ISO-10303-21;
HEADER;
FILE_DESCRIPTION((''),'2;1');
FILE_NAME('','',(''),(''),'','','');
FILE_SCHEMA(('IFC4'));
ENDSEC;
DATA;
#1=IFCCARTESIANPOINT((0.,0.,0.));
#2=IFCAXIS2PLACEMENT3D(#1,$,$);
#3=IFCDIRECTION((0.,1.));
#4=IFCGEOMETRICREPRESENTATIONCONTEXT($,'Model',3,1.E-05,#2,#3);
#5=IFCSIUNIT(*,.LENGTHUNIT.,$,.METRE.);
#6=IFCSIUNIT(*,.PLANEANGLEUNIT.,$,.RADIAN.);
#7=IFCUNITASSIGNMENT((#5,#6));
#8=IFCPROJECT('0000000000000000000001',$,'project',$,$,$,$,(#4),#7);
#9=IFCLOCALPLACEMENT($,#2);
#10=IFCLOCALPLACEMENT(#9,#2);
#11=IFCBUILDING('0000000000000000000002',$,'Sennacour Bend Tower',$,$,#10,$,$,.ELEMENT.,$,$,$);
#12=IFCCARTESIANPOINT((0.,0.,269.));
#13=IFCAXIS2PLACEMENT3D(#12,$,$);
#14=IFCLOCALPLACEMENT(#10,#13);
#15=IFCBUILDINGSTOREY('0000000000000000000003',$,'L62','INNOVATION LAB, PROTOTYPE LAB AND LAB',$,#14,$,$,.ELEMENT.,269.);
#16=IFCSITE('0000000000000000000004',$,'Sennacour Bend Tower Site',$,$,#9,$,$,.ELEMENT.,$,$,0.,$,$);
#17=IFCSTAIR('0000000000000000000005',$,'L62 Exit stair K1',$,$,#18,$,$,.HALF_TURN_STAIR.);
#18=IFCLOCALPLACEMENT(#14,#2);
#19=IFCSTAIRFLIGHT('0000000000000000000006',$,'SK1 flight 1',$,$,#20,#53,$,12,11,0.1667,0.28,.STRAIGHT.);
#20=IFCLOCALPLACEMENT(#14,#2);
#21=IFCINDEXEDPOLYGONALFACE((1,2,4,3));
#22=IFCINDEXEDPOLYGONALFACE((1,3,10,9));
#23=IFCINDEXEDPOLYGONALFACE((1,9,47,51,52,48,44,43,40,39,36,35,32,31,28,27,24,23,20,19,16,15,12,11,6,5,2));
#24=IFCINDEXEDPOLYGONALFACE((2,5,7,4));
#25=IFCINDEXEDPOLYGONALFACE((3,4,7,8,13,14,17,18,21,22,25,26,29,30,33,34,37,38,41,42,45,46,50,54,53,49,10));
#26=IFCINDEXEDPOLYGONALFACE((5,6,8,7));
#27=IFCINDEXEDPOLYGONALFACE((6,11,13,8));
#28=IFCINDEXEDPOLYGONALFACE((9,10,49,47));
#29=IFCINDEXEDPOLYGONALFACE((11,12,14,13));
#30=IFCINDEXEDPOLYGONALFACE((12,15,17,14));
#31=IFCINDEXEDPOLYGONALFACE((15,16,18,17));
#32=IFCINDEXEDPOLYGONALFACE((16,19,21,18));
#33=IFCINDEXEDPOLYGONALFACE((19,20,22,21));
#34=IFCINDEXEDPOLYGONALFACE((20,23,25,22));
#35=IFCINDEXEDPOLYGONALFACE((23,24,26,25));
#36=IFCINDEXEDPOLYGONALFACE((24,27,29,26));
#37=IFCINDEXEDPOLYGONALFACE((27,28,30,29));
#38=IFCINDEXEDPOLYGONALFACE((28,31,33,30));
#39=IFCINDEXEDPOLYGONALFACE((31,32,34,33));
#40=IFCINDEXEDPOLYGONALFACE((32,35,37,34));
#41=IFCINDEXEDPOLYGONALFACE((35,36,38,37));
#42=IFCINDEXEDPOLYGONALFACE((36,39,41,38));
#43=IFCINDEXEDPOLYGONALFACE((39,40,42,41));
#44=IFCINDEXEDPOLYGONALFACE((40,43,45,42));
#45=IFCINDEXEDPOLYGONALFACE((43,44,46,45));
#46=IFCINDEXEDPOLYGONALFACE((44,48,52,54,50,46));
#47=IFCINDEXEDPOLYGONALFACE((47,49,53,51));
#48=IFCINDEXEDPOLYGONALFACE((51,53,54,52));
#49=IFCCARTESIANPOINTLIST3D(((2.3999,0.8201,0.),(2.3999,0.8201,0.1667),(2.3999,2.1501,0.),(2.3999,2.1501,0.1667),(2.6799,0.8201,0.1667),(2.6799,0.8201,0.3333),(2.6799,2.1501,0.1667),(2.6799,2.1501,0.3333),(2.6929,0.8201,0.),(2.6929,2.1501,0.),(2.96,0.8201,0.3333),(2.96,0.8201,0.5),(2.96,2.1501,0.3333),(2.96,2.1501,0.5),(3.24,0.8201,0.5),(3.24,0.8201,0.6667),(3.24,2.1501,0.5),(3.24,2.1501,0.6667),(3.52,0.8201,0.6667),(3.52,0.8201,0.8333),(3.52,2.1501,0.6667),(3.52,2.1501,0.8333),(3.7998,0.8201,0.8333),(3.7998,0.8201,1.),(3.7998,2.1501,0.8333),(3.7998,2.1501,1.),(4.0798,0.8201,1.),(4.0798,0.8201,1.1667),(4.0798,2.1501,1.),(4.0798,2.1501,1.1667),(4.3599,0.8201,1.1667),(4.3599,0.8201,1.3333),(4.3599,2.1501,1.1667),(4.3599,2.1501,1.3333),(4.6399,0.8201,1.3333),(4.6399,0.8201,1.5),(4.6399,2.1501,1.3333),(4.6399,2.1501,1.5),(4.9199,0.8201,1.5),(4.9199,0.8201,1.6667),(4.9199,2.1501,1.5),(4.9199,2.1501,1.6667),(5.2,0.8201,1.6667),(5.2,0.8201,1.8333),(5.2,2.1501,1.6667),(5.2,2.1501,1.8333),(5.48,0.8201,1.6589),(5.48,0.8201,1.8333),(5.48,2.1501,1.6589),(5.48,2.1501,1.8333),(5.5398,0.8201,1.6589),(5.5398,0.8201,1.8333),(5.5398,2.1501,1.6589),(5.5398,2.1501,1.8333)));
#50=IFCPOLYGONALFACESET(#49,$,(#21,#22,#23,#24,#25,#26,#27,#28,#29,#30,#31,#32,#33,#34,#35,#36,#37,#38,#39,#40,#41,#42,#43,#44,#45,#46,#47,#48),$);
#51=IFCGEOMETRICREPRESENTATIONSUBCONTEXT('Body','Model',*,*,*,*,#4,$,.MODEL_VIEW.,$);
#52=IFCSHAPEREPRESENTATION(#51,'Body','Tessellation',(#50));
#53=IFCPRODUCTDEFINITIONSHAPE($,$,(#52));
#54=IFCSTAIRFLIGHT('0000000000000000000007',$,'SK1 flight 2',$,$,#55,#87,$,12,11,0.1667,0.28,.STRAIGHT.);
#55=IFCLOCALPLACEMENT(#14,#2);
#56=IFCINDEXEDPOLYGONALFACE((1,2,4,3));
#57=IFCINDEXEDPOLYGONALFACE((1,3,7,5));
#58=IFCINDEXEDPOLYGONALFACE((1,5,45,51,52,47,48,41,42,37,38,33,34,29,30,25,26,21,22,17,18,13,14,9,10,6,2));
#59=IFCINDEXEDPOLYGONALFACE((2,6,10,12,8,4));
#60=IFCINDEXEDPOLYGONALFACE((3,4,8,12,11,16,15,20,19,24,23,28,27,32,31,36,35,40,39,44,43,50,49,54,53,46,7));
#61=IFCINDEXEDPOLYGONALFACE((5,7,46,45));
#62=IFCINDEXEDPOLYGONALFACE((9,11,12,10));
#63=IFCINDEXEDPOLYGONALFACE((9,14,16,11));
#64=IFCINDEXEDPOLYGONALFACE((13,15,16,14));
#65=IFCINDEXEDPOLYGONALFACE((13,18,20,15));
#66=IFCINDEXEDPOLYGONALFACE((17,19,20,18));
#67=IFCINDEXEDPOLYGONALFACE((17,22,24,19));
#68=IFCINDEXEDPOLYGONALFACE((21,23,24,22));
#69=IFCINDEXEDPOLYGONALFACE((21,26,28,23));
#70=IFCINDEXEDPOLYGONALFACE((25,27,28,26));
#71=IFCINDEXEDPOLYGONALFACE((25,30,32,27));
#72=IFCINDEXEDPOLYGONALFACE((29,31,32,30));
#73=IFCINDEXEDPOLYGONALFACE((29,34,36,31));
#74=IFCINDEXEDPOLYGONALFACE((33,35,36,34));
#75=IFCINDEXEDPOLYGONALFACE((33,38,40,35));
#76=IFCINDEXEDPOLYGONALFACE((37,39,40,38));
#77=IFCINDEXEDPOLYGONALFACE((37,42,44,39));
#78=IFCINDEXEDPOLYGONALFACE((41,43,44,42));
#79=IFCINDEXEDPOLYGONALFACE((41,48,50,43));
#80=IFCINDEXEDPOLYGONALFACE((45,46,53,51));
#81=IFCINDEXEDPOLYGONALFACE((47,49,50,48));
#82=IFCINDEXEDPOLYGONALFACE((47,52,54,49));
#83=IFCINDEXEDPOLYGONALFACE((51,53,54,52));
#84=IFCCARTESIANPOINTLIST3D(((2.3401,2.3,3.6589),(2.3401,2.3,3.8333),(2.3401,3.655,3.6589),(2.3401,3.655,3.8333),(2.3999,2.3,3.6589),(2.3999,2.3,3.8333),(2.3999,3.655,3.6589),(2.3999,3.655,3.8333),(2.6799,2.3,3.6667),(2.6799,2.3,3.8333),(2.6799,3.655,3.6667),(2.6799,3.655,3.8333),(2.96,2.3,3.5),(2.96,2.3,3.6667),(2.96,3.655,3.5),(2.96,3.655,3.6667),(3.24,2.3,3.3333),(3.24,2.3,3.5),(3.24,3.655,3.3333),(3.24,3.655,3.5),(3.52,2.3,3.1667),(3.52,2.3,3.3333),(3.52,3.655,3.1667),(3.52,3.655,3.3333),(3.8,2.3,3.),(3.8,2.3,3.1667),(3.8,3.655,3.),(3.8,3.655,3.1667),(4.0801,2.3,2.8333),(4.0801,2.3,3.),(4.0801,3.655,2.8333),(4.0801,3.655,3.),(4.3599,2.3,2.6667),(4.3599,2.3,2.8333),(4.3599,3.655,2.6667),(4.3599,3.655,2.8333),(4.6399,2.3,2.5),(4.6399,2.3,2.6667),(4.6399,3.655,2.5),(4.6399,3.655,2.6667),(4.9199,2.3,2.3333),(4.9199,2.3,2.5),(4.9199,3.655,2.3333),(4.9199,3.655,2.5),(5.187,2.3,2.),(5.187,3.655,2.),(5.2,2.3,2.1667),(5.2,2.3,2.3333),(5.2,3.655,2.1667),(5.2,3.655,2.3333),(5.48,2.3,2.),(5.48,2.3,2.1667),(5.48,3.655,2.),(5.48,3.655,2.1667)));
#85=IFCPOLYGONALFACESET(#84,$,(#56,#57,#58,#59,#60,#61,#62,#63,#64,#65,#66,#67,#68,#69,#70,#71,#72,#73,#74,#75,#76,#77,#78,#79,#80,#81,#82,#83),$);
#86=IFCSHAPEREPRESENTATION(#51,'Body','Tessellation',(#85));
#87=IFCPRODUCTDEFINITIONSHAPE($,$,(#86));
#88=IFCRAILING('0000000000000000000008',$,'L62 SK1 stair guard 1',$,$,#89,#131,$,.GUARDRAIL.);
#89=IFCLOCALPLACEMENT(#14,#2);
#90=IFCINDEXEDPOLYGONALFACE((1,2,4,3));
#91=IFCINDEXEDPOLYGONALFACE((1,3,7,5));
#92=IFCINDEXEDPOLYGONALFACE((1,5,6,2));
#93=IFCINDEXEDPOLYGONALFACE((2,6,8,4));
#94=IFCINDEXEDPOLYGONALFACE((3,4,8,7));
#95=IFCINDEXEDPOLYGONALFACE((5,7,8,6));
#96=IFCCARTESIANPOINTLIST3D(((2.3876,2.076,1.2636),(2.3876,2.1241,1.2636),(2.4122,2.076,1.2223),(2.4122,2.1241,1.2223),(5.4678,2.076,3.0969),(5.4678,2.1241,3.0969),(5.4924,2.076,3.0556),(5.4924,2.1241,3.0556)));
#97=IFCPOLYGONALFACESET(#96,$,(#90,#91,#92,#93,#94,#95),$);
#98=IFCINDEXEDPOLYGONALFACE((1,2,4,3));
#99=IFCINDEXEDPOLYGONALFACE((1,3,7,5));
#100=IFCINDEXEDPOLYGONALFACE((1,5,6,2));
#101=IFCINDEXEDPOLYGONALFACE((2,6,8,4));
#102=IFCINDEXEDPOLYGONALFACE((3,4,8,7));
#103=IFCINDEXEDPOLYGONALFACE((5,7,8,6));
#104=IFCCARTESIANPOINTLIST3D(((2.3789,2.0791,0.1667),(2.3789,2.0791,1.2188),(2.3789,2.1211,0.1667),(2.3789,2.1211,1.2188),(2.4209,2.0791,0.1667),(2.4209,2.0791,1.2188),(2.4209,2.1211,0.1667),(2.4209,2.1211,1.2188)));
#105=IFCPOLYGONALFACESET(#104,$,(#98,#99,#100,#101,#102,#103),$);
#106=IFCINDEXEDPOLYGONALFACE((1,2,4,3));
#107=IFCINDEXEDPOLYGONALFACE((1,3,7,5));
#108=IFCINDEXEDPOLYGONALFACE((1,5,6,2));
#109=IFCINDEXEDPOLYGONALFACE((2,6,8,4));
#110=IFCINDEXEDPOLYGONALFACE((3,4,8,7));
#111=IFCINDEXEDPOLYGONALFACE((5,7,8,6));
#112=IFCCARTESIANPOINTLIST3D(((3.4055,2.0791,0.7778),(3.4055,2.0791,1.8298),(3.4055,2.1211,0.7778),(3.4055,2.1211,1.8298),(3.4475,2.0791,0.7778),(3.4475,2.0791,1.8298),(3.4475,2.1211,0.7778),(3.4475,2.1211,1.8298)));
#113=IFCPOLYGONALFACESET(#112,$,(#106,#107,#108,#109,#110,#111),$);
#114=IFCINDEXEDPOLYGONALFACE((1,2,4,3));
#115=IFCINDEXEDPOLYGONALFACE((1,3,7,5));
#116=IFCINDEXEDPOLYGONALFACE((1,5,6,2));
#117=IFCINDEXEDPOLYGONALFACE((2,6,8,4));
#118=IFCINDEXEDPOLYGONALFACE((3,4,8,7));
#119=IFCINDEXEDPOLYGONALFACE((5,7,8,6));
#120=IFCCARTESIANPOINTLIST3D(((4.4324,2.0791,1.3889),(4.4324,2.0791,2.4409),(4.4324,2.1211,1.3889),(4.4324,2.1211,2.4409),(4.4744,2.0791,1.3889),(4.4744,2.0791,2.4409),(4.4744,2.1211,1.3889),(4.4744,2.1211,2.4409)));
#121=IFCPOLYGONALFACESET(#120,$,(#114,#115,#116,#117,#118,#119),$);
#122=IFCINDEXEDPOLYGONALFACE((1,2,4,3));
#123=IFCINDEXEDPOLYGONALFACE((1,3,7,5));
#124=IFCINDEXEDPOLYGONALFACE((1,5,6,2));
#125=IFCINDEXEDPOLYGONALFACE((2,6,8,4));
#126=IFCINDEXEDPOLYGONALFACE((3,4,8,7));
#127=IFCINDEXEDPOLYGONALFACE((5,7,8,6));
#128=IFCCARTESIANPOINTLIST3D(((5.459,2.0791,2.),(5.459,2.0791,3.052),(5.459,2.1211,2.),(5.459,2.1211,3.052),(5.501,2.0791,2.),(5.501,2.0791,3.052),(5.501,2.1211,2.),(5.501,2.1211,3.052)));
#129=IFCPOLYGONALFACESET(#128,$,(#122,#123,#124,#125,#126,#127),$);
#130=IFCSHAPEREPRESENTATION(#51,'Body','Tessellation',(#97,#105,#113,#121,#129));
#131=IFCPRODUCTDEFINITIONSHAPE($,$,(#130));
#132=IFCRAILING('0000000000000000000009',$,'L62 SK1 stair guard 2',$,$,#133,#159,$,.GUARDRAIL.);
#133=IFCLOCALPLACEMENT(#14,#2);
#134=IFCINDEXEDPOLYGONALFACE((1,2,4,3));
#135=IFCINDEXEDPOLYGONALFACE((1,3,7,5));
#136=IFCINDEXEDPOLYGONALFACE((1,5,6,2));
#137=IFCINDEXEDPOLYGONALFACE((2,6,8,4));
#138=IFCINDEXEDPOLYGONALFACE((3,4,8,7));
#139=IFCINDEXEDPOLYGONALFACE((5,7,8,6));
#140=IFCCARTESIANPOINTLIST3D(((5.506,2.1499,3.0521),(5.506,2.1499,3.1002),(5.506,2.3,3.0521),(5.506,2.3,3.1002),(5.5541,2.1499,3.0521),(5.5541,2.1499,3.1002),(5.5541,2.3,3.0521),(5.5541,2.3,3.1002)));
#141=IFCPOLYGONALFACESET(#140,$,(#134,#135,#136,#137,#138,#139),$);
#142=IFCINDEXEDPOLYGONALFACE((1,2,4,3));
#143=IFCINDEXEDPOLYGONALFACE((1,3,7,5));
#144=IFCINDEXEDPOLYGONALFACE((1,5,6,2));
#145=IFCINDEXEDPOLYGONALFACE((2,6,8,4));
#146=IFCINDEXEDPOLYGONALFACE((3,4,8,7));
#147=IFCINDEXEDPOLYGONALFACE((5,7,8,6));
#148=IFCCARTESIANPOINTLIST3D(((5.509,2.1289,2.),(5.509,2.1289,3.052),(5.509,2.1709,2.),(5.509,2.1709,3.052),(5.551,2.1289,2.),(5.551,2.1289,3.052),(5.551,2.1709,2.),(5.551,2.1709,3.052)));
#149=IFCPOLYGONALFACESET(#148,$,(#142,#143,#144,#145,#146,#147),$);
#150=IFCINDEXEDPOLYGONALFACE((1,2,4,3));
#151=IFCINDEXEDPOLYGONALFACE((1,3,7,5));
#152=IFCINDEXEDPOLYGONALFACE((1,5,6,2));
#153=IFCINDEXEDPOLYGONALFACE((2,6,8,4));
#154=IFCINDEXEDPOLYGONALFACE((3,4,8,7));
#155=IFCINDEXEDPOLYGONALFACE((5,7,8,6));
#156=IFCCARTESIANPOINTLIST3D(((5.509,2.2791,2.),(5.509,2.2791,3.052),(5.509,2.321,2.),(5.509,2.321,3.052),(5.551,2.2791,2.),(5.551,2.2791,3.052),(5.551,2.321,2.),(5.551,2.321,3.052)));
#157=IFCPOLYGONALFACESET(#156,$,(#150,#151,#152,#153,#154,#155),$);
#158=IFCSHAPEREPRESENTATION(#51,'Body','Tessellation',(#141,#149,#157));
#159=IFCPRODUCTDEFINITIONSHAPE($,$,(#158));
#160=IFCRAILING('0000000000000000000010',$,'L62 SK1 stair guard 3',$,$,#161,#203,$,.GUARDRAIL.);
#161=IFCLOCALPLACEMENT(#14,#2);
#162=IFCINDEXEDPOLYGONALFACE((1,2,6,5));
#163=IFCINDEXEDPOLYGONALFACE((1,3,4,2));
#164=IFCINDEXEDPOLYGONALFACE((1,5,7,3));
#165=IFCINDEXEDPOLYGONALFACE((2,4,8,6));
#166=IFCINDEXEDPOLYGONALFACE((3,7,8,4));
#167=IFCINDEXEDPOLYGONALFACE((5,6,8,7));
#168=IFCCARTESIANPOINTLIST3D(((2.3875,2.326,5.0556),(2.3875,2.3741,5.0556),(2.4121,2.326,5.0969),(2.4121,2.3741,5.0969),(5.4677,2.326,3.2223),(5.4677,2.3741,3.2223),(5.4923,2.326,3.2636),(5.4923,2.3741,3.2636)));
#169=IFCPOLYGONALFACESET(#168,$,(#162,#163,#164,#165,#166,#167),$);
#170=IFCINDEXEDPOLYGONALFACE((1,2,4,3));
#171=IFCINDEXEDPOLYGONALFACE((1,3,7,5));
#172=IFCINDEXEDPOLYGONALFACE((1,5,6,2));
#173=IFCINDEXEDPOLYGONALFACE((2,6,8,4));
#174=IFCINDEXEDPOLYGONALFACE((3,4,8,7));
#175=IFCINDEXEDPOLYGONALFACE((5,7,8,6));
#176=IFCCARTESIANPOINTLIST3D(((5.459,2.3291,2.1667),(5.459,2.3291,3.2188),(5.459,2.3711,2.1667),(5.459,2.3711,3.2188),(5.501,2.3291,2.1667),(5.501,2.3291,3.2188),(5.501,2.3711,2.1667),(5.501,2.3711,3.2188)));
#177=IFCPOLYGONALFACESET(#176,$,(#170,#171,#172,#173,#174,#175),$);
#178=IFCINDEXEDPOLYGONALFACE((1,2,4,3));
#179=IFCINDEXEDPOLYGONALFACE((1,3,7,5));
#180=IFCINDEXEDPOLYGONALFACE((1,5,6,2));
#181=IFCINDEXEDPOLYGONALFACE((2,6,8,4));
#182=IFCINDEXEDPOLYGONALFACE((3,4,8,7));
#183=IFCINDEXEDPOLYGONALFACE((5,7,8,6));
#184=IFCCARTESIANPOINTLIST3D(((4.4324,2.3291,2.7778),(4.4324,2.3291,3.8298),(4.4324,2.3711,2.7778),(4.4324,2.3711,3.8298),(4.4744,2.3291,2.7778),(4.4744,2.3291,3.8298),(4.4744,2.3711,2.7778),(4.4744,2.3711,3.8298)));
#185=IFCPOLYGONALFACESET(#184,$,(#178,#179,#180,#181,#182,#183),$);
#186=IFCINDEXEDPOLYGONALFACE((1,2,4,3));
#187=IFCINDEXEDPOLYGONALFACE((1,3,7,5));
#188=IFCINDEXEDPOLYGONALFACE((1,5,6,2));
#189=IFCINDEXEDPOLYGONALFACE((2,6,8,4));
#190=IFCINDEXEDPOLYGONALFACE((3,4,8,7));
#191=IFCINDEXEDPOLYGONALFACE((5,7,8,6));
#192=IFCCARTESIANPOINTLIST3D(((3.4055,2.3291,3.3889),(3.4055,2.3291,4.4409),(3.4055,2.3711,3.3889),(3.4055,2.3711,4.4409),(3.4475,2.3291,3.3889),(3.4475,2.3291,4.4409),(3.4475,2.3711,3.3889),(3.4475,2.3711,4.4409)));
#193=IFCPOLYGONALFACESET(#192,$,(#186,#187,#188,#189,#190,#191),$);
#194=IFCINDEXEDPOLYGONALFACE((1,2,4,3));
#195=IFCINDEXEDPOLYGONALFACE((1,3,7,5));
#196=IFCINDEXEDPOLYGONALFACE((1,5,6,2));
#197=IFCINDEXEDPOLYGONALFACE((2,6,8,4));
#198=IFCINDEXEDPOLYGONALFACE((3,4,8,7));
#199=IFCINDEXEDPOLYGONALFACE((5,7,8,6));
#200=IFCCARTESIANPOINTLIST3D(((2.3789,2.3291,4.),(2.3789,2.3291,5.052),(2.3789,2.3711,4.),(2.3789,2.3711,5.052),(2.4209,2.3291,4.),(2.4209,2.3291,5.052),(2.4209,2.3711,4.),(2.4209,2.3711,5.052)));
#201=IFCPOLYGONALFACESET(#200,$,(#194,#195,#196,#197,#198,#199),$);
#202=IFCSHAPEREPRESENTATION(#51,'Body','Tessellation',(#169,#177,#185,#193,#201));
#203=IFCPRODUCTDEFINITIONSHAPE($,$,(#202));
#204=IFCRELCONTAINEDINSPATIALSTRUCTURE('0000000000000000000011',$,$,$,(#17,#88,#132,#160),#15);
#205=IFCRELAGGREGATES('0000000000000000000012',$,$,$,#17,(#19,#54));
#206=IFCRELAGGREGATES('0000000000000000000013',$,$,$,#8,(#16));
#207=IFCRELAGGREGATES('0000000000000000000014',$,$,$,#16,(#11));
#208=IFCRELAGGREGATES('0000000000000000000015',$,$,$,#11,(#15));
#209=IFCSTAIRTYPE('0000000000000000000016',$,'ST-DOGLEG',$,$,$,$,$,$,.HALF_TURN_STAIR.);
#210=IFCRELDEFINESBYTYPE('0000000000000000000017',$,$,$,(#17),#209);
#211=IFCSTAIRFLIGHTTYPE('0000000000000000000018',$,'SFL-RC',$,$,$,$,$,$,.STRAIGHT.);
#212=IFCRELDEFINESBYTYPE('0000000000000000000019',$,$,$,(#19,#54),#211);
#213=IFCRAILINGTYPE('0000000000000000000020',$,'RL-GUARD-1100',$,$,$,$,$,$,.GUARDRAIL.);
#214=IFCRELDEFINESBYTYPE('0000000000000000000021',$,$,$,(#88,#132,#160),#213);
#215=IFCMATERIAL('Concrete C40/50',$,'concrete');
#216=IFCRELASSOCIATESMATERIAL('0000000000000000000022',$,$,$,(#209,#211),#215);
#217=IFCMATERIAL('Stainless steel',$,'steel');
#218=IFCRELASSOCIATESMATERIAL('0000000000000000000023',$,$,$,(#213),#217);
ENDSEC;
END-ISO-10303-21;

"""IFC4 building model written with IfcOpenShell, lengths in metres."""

from ifc_helpers import new_model, si_unit, direction, frame, origin, origin_2d, place, context, subcontext, project, spatial, polyline, rectangle, outline, extrude, material, type_object, element, aggregate, save


model = new_model("IFC4")

# Units and contexts
model_context = context("Model", 3, precision=1e-05, world=origin(), true_north=direction((0.0, 1.0)))
body_context = subcontext(model_context, "Body", "Model", "MODEL_VIEW")
ifc_project = project(units=[si_unit("LENGTHUNIT", "METRE"), si_unit("PLANEANGLEUNIT", "RADIAN")], contexts=[model_context])

# Site, building, storey
site_placement = place(None, origin())
site = spatial("IfcSite", under=ifc_project, at=site_placement, Name="Sennacour Bend Tower Site", CompositionType="ELEMENT", RefElevation=0.0)
building_placement = place(site_placement, origin())
building = spatial("IfcBuilding", under=site, at=building_placement, Name="Sennacour Bend Tower", CompositionType="ELEMENT")
storey_placement = place(building_placement, frame((0.0, 0.0, 269.0)))
storey = spatial("IfcBuildingStorey", under=building, at=storey_placement, Name="L62", Description="INNOVATION LAB, PROTOTYPE LAB AND LAB", CompositionType="ELEMENT", Elevation=269.0)

# Shared definitions
ifc_material_1 = material(Name="Concrete C40/50", Category="concrete")

# Stair
stair_type = type_object("IfcStairType", Name="ST-DOGLEG", PredefinedType="HALF_TURN_STAIR", material=ifc_material_1)
stair_1_placement = place(storey_placement, origin())
stair_1 = element("IfcStair", 1, at=stair_1_placement, inside=storey, type_object=stair_type, Name="L62 Exit stair K1", PredefinedType="HALF_TURN_STAIR")

# Stair flights
stair_flight_type = type_object("IfcStairFlightType", Name="SFL-RC", PredefinedType="STRAIGHT", material=ifc_material_1)
stair_flight_1_placement = place(storey_placement, frame((2.3999, 1.4851, 0.0), z_axis=(0.0, 0.0, 1.0), x_axis=(1.0, 0.0, 0.0)))
stair_flight_1 = element("IfcStairFlight", 2, at=stair_flight_1_placement, type_object=stair_flight_type, Name="SK1 flight 1", NumberOfRisers=12, NumberOfTreads=11, PredefinedType="STRAIGHT", RiserHeight=0.1667, TreadLength=0.28, context=body_context, shape_type="SweptSolid", body=[
    extrude(outline(polyline([(0.0, 0.0), (0.0, 0.1667), (0.28, 0.1667), (0.28, 0.3333), (0.5601, 0.3333), (0.5601, 0.5), (0.8401, 0.5), (0.8401, 0.6667), (1.1201, 0.6667), (1.1201, 0.8333), (1.3999, 0.8333), (1.3999, 1.0), (1.6799, 1.0), (1.6799, 1.1667), (1.96, 1.1667), (1.96, 1.3333), (2.24, 1.3333), (2.24, 1.5), (2.52, 1.5), (2.52, 1.6667), (2.8, 1.6667), (2.8, 1.8333), (3.0801, 1.8333), (3.1399, 1.8333), (3.1399, 1.6589), (3.0801, 1.6589), (0.293, 0.0), (0.0, 0.0)])), frame((0.0, 0.665, 0.0), z_axis=(0.0, -1.0, 0.0), x_axis=(1.0, 0.0, 0.0)), (0.0, 0.0, 1.0), 1.3301),
])
stair_flight_2_placement = place(storey_placement, frame((5.48, 2.9775, 2.0), z_axis=(0.0, 0.0, 1.0), x_axis=(-1.0, 0.0, 0.0)))
stair_flight_2 = element("IfcStairFlight", 3, at=stair_flight_2_placement, type_object=stair_flight_type, Name="SK1 flight 2", NumberOfRisers=12, NumberOfTreads=11, PredefinedType="STRAIGHT", RiserHeight=0.1667, TreadLength=0.28, context=body_context, shape_type="SweptSolid", body=[
    extrude(outline(polyline([(0.0, 0.0), (0.0, 0.1667), (0.28, 0.1667), (0.28, 0.3333), (0.5601, 0.3333), (0.5601, 0.5), (0.8401, 0.5), (0.8401, 0.6667), (1.1201, 0.6667), (1.1201, 0.8333), (1.3999, 0.8333), (1.3999, 1.0), (1.6799, 1.0), (1.6799, 1.1667), (1.96, 1.1667), (1.96, 1.3333), (2.24, 1.3333), (2.24, 1.5), (2.52, 1.5), (2.52, 1.6667), (2.8, 1.6667), (2.8, 1.8333), (3.0801, 1.8333), (3.1399, 1.8333), (3.1399, 1.6589), (3.0801, 1.6589), (0.293, 0.0), (0.0, 0.0)])), frame((0.0, 0.6775, 0.0), z_axis=(0.0, -1.0, 0.0), x_axis=(1.0, 0.0, 0.0)), (0.0, 0.0, 1.0), 1.355),
])
aggregate(stair_1, [stair_flight_1, stair_flight_2])

# Railings
ifc_material_2 = material(Name="Stainless steel", Category="steel")
railing_type_1 = type_object("IfcRailingType", Name="RL-GUARD-1100", PredefinedType="GUARDRAIL", material=ifc_material_2)
railing_1_placement = place(storey_placement, frame((2.3999, 2.1001, 0.1667)))
element("IfcRailing", 4, at=railing_1_placement, inside=storey, type_object=railing_type_1, Name="L62 SK1 stair guard 1", PredefinedType="GUARDRAIL", context=body_context, shape_type="SweptSolid", body=[
    extrude(rectangle(XDim=0.0481, YDim=0.0481, at=origin_2d()), frame((0.0, 0.0, 1.0762), z_axis=(0.859309, 0.0, 0.511458), x_axis=(0.0, 1.0, 0.0)), (0.0, 0.0, 1.0), 3.5845),
    extrude(rectangle(XDim=0.042, YDim=0.042, at=origin_2d()), origin(), (0.0, 0.0, 1.0), 1.052),
    extrude(rectangle(XDim=0.042, YDim=0.042, at=origin_2d()), frame((1.0266, 0.0, 0.6111)), (0.0, 0.0, 1.0), 1.052),
    extrude(rectangle(XDim=0.042, YDim=0.042, at=origin_2d()), frame((2.0535, 0.0, 1.2222)), (0.0, 0.0, 1.0), 1.052),
    extrude(rectangle(XDim=0.042, YDim=0.042, at=origin_2d()), frame((3.0801, 0.0, 1.8333)), (0.0, 0.0, 1.0), 1.052),
])
railing_2_placement = place(storey_placement, frame((5.53, 2.1499, 2.0)))
element("IfcRailing", 5, at=railing_2_placement, inside=storey, type_object=railing_type_1, Name="L62 SK1 stair guard 2", PredefinedType="GUARDRAIL", context=body_context, shape_type="SweptSolid", body=[
    extrude(rectangle(XDim=0.0481, YDim=0.0481, at=origin_2d()), frame((0.0, 0.0, 1.0762), z_axis=(0.0, 1.0, 0.0), x_axis=(-1.0, 0.0, 0.0)), (0.0, 0.0, 1.0), 0.1501),
    extrude(rectangle(XDim=0.042, YDim=0.042, at=origin_2d()), origin(), (0.0, 0.0, 1.0), 1.052),
    extrude(rectangle(XDim=0.042, YDim=0.042, at=origin_2d()), frame((0.0, 0.1501, 0.0)), (0.0, 0.0, 1.0), 1.052),
])
railing_3_placement = place(storey_placement, frame((5.48, 2.3501, 2.1667)))
element("IfcRailing", 6, at=railing_3_placement, inside=storey, type_object=railing_type_1, Name="L62 SK1 stair guard 3", PredefinedType="GUARDRAIL", context=body_context, shape_type="SweptSolid", body=[
    extrude(rectangle(XDim=0.0481, YDim=0.0481, at=origin_2d()), frame((0.0, 0.0, 1.0762), z_axis=(-0.859309, 0.0, 0.511458), x_axis=(0.0, -1.0, 0.0)), (0.0, 0.0, 1.0), 3.5845),
    extrude(rectangle(XDim=0.042, YDim=0.042, at=origin_2d()), origin(), (0.0, 0.0, 1.0), 1.052),
    extrude(rectangle(XDim=0.042, YDim=0.042, at=origin_2d()), frame((-1.0266, 0.0, 0.6111)), (0.0, 0.0, 1.0), 1.052),
    extrude(rectangle(XDim=0.042, YDim=0.042, at=origin_2d()), frame((-2.0535, 0.0, 1.2222)), (0.0, 0.0, 1.0), 1.052),
    extrude(rectangle(XDim=0.042, YDim=0.042, at=origin_2d()), frame((-3.0801, 0.0, 1.8333)), (0.0, 0.0, 1.0), 1.052),
])

save(model, "model.ifc")
